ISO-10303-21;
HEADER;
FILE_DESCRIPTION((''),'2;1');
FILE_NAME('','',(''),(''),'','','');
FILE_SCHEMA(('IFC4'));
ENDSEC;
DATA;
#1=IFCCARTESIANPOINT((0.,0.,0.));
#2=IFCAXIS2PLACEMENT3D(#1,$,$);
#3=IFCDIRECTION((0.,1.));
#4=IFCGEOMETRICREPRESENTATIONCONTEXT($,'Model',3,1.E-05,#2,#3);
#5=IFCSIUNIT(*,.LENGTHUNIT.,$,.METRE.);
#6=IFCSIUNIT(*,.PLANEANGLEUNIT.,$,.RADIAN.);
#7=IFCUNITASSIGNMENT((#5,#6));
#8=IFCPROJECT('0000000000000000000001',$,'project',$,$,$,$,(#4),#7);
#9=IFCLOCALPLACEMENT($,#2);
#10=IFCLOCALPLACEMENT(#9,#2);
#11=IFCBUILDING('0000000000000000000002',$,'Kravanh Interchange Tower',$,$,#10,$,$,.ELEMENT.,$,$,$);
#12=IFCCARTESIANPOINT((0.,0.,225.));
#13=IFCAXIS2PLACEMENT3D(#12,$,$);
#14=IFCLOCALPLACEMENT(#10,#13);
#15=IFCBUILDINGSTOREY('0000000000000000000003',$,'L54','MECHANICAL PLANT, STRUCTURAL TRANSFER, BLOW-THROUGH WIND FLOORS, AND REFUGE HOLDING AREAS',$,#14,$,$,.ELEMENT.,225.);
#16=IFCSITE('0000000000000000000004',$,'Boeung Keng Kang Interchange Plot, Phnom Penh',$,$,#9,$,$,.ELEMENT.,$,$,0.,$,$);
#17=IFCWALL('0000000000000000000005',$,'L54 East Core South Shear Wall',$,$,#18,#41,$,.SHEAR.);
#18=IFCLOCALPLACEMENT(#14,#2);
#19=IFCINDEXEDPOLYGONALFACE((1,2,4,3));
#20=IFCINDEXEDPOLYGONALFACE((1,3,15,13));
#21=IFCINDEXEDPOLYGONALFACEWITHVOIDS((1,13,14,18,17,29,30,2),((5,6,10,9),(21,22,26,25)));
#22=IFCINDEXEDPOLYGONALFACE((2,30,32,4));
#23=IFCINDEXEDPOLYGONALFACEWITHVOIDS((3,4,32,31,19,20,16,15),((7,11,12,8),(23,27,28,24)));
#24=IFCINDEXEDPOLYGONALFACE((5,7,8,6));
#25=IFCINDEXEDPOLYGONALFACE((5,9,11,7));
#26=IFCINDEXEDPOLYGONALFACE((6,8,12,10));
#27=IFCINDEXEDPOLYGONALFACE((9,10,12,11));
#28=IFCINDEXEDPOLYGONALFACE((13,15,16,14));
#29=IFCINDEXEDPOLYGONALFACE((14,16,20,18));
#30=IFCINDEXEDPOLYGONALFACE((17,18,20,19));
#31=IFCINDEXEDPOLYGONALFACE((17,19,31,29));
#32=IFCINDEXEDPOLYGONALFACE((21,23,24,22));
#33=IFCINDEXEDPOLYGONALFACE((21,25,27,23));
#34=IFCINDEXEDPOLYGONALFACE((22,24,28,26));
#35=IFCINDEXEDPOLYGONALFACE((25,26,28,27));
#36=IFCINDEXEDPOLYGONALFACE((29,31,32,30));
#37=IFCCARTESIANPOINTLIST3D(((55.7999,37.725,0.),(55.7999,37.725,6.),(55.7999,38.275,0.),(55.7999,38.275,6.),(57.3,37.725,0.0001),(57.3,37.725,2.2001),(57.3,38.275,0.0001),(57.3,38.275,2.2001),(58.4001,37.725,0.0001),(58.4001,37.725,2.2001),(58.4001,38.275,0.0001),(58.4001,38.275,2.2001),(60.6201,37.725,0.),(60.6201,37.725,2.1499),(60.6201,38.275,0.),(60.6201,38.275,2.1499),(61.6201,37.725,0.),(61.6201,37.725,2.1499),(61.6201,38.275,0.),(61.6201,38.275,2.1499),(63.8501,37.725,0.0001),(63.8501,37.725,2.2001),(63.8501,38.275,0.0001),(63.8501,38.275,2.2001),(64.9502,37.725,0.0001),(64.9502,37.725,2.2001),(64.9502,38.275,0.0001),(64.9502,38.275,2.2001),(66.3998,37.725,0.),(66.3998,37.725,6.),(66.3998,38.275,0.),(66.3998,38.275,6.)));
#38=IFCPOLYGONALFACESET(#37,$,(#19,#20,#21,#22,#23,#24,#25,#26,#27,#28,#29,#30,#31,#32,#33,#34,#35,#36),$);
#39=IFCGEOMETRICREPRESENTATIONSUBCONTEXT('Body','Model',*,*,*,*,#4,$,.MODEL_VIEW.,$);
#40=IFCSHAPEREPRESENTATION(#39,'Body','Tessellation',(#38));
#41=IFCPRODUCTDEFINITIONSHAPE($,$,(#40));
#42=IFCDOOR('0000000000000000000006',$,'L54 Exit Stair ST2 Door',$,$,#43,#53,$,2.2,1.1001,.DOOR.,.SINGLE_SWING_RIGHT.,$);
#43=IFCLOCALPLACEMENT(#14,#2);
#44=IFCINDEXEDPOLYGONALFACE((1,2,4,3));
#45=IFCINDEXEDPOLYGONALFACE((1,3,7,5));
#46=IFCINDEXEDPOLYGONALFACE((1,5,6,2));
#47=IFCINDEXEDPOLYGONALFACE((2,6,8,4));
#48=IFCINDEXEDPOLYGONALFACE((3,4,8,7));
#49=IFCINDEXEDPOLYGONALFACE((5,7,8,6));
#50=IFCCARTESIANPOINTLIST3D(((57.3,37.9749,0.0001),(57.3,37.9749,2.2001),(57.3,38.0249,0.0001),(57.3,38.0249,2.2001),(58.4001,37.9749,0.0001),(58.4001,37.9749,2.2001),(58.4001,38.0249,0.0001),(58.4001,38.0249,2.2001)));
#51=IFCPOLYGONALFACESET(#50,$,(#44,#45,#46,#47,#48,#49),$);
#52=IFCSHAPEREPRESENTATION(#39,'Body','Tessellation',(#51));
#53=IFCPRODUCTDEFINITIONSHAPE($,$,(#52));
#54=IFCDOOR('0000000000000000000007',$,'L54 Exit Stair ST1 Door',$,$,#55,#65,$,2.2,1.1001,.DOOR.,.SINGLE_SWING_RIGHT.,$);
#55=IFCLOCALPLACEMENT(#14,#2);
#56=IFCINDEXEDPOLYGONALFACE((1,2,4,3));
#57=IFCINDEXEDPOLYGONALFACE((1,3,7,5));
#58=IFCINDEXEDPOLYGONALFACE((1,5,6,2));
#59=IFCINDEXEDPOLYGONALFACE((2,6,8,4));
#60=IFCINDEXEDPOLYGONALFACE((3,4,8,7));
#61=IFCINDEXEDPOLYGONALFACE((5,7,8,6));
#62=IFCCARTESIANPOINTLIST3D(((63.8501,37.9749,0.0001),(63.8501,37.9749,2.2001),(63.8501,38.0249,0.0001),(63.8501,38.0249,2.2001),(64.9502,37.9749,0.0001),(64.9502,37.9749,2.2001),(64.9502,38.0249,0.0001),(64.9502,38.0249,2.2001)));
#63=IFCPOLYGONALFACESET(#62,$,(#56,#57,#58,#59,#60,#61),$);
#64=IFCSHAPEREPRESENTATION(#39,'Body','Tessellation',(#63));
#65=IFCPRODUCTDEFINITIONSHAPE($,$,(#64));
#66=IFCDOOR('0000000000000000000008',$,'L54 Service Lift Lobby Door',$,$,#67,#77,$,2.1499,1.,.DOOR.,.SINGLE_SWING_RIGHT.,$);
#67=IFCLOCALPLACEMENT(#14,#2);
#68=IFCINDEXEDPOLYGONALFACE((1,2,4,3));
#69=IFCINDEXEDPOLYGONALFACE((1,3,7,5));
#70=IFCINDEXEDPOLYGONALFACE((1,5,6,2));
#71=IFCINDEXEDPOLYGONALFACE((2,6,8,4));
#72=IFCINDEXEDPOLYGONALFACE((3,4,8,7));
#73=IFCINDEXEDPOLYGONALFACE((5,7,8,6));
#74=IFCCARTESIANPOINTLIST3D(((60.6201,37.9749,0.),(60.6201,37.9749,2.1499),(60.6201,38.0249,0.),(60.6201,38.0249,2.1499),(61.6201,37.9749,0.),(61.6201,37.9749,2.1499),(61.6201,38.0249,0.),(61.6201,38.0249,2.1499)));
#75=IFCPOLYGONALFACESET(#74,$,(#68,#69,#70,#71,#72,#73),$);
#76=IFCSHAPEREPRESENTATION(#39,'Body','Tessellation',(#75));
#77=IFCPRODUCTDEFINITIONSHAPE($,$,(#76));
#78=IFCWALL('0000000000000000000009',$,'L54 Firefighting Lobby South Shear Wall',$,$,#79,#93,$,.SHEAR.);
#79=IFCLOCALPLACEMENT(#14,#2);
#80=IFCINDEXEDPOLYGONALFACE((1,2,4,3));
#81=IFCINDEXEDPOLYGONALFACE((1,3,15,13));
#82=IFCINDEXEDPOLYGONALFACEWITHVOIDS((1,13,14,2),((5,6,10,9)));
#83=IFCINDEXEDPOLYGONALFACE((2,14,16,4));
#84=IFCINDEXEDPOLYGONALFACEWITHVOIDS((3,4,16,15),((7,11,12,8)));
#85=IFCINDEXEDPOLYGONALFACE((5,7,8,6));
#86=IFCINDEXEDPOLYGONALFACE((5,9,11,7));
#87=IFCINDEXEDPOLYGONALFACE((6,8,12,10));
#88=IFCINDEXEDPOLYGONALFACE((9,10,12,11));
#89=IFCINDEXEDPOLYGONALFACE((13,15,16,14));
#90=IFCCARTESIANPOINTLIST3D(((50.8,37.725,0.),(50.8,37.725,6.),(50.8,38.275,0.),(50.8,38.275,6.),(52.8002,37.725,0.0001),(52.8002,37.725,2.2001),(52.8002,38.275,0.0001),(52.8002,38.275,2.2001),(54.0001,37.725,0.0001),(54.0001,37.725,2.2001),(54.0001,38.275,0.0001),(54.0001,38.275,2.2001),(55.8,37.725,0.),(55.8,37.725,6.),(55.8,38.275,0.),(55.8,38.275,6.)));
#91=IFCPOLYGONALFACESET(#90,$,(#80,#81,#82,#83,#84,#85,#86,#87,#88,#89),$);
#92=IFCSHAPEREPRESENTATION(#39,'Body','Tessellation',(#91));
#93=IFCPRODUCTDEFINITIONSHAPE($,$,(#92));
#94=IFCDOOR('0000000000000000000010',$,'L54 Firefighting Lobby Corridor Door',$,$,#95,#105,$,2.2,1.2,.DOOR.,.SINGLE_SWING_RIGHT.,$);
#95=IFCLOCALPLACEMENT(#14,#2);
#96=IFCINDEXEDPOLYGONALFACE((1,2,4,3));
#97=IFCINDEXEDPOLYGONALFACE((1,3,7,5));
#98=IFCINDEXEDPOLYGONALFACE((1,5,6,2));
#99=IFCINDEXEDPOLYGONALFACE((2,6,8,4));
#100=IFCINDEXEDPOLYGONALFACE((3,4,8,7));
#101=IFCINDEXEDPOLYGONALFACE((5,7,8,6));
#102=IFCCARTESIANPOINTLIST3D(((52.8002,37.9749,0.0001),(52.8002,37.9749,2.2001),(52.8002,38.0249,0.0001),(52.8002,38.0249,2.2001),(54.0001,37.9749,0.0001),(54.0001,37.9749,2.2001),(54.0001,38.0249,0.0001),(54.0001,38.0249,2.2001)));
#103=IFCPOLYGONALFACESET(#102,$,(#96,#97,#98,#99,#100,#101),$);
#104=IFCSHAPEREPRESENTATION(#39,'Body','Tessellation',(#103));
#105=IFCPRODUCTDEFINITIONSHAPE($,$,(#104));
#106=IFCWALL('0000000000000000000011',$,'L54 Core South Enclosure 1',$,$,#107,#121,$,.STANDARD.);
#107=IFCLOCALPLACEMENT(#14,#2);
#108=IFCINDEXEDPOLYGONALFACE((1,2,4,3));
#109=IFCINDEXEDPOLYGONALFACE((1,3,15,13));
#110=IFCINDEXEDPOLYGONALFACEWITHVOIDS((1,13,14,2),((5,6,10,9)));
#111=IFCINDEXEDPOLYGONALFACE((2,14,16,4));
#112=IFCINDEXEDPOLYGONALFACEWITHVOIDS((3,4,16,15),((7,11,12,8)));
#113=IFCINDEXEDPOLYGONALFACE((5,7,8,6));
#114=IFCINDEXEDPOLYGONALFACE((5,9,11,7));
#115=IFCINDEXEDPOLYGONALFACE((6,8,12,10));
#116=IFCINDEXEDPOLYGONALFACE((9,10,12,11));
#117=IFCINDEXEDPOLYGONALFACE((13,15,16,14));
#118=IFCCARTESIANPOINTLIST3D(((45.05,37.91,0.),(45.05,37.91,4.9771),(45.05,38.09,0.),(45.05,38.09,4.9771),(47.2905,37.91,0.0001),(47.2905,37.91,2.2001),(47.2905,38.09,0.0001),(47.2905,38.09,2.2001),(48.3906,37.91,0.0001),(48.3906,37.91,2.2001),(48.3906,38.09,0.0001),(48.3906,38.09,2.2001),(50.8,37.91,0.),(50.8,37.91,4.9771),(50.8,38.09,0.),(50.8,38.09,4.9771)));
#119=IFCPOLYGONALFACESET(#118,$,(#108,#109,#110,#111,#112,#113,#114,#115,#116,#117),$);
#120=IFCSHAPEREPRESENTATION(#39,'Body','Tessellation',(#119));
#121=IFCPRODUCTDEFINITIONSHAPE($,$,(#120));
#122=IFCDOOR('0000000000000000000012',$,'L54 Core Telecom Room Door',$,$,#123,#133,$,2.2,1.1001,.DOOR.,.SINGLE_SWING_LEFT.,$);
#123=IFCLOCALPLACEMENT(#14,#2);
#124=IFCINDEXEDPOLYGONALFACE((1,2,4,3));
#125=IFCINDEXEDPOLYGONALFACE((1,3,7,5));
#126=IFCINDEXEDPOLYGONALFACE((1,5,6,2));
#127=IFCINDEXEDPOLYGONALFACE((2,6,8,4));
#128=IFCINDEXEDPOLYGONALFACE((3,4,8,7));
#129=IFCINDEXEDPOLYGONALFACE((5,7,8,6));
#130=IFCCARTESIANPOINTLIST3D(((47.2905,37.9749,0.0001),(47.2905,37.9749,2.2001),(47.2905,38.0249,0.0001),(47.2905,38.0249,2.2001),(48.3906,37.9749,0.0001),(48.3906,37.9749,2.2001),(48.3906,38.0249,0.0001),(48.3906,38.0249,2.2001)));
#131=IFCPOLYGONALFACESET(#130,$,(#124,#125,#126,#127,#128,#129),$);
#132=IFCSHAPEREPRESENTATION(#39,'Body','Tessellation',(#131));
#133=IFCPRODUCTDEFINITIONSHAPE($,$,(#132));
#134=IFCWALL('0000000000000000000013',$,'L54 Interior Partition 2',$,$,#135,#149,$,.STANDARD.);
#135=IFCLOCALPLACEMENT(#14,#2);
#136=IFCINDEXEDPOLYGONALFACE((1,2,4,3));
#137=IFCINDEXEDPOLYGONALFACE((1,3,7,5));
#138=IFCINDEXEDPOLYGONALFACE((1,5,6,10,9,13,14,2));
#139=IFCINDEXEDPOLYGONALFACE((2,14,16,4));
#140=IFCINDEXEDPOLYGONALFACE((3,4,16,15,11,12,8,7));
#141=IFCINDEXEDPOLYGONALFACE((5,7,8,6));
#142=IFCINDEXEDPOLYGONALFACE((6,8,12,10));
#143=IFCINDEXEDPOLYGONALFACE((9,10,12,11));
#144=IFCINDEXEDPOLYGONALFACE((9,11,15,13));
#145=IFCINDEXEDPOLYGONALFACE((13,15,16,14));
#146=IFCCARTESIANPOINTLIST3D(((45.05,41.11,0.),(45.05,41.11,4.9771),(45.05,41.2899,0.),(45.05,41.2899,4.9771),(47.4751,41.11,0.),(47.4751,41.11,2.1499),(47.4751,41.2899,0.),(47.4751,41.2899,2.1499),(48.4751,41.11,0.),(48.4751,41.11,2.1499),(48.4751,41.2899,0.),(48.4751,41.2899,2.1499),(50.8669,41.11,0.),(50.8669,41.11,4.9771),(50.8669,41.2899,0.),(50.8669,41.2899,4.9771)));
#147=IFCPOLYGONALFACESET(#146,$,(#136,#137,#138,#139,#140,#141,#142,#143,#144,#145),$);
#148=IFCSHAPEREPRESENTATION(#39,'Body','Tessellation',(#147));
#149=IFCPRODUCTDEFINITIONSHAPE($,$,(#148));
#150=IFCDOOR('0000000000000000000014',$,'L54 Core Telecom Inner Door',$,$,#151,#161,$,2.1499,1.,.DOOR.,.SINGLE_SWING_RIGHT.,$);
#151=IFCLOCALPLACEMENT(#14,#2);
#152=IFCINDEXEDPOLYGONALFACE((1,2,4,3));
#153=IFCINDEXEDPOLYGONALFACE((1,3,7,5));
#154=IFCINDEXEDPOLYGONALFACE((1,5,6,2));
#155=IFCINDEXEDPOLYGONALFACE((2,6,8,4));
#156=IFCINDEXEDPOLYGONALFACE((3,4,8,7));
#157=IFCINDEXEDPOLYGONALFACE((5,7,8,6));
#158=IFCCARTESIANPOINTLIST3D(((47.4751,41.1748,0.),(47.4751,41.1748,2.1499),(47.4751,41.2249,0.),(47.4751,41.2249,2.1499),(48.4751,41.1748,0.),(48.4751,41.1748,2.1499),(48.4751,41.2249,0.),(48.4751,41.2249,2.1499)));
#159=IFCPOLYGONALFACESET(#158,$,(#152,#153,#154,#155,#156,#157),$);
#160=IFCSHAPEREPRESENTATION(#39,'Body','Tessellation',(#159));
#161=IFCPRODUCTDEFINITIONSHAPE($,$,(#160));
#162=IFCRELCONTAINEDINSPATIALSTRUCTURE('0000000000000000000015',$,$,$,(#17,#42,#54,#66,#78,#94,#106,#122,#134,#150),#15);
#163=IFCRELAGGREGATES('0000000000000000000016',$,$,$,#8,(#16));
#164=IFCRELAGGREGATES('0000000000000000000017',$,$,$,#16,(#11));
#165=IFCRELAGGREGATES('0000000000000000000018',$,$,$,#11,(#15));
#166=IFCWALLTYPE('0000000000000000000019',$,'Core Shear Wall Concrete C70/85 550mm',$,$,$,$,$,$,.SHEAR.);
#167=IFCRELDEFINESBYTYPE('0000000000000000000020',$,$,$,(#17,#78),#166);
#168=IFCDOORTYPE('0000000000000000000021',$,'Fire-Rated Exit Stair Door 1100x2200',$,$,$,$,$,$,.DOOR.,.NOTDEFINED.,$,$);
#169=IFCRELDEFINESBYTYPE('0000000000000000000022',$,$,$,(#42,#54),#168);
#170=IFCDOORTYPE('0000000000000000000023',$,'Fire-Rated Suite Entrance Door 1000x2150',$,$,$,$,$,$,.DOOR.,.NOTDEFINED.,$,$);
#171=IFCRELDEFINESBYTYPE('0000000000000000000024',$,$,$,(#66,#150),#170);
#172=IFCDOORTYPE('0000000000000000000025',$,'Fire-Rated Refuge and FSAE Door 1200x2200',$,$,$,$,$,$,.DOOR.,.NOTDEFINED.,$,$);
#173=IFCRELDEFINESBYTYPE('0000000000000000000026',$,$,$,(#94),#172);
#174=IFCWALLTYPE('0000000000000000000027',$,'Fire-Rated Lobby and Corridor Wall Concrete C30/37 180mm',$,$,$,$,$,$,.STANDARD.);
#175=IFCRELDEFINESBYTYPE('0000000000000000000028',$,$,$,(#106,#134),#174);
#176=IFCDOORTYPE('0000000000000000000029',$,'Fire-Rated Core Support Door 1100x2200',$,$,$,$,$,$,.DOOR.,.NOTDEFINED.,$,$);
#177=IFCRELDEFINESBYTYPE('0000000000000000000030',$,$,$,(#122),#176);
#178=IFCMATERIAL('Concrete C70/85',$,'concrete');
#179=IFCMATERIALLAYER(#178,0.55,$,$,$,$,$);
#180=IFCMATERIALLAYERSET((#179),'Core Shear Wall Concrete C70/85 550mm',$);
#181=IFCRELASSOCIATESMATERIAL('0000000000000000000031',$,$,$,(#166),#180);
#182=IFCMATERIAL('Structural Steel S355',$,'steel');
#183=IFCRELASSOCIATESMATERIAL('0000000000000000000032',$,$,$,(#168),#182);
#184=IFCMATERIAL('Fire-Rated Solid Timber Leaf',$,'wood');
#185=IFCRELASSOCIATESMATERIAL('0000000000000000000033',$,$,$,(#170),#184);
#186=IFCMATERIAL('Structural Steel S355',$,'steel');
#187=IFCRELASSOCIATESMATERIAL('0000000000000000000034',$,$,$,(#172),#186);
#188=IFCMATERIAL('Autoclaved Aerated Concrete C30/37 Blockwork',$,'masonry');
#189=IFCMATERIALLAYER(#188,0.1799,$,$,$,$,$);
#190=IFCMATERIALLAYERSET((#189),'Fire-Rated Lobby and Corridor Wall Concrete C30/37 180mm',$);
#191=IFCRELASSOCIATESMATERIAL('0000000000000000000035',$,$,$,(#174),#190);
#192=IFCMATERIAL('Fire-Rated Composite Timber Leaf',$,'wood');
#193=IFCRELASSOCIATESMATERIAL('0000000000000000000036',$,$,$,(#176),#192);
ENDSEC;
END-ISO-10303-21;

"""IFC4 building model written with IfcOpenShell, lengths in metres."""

from ifc_helpers import new_model, si_unit, direction, frame, frame_2d, origin, place, context, subcontext, project, spatial, rectangle, extrude, material, layer, layer_set, type_object, element, fill, save


model = new_model("IFC4")

# Units and contexts
model_context = context("Model", 3, precision=1e-05, world=origin(), true_north=direction((0.0, 1.0)))
body_context = subcontext(model_context, "Body", "Model", "MODEL_VIEW")
ifc_project = project(units=[si_unit("LENGTHUNIT", "METRE"), si_unit("PLANEANGLEUNIT", "RADIAN")], contexts=[model_context])

# Site, building, storey
site_placement = place(None, origin())
site = spatial("IfcSite", under=ifc_project, at=site_placement, Name="Boeung Keng Kang Interchange Plot, Phnom Penh", CompositionType="ELEMENT", RefElevation=0.0)
building_placement = place(site_placement, origin())
building = spatial("IfcBuilding", under=site, at=building_placement, Name="Kravanh Interchange Tower", CompositionType="ELEMENT")
storey_placement = place(building_placement, frame((0.0, 0.0, 225.0)))
storey = spatial("IfcBuildingStorey", under=building, at=storey_placement, Name="L54", Description="MECHANICAL PLANT, STRUCTURAL TRANSFER, BLOW-THROUGH WIND FLOORS, AND REFUGE HOLDING AREAS", CompositionType="ELEMENT", Elevation=225.0)

# Wall, openings, doors
ifc_material_1 = material(Name="Concrete C70/85", Category="concrete")
ifc_layer_1 = layer(ifc_material_1, 0.55)
ifc_layer_set_1 = layer_set([ifc_layer_1], Name="Core Shear Wall Concrete C70/85 550mm")
wall_type_1 = type_object("IfcWallType", Name="Core Shear Wall Concrete C70/85 550mm", PredefinedType="SHEAR", material=ifc_layer_set_1)
wall_1_placement = place(storey_placement, frame((55.8, 38.0, 0.0), z_axis=(0.0, 0.0, 1.0), x_axis=(1.0, 0.0, 0.0)))
wall_1 = element("IfcWall", 1, at=wall_1_placement, inside=storey, type_object=wall_type_1, Name="L54 East Core South Shear Wall", PredefinedType="SHEAR", context=body_context, shape_type="SweptSolid", body=[
    extrude(rectangle(XDim=10.5999, YDim=0.55, at=frame_2d((5.2998, 0.0))), origin(), (0.0, 0.0, 1.0), 6.0),
])
opening_1_placement = place(wall_1_placement, frame((1.5, 0.0, 0.0)))
opening_1 = element("IfcOpeningElement", 2, at=opening_1_placement, cuts=wall_1, PredefinedType="OPENING", context=body_context, shape_type="SweptSolid", body=[
    extrude(rectangle(XDim=1.1001, YDim=2.2, at=frame_2d((0.55, 1.1001))), frame((0.0, 0.2852, 0.0), z_axis=(0.0, -1.0, 0.0), x_axis=(1.0, 0.0, 0.0)), (0.0, 0.0, 1.0), 0.5701),
])
opening_2_placement = place(wall_1_placement, frame((4.8201, 0.0, 0.0)))
opening_2 = element("IfcOpeningElement", 3, at=opening_2_placement, cuts=wall_1, PredefinedType="OPENING", context=body_context, shape_type="SweptSolid", body=[
    extrude(rectangle(XDim=1.0, YDim=2.1499, at=frame_2d((0.5, 1.075))), frame((0.0, 0.2852, 0.0), z_axis=(0.0, -1.0, 0.0), x_axis=(1.0, 0.0, 0.0)), (0.0, 0.0, 1.0), 0.5701),
])
opening_3_placement = place(wall_1_placement, frame((8.05, 0.0, 0.0)))
opening_3 = element("IfcOpeningElement", 4, at=opening_3_placement, cuts=wall_1, PredefinedType="OPENING", context=body_context, shape_type="SweptSolid", body=[
    extrude(rectangle(XDim=1.1001, YDim=2.2, at=frame_2d((0.55, 1.1001))), frame((0.0, 0.2852, 0.0), z_axis=(0.0, -1.0, 0.0), x_axis=(1.0, 0.0, 0.0)), (0.0, 0.0, 1.0), 0.5701),
])
ifc_material_2 = material(Name="Structural Steel S355", Category="steel")
door_type_1 = type_object("IfcDoorType", Name="Fire-Rated Exit Stair Door 1100x2200", OperationType="NOTDEFINED", PredefinedType="DOOR", material=ifc_material_2)
door_1_placement = place(opening_1_placement, origin())
door_1 = element("IfcDoor", 5, at=door_1_placement, inside=storey, type_object=door_type_1, Name="L54 Exit Stair ST2 Door", OperationType="SINGLE_SWING_RIGHT", OverallHeight=2.2, OverallWidth=1.1001, PredefinedType="DOOR", context=body_context, shape_type="SweptSolid", body=[
    extrude(rectangle(XDim=1.1001, YDim=2.2, at=frame_2d((0.55, 1.1001))), frame((0.0, 0.0249, 0.0), z_axis=(0.0, -1.0, 0.0), x_axis=(1.0, 0.0, 0.0)), (0.0, 0.0, 1.0), 0.05),
])
fill(opening_1, door_1)
door_2_placement = place(opening_3_placement, origin())
door_2 = element("IfcDoor", 6, at=door_2_placement, inside=storey, type_object=door_type_1, Name="L54 Exit Stair ST1 Door", OperationType="SINGLE_SWING_RIGHT", OverallHeight=2.2, OverallWidth=1.1001, PredefinedType="DOOR", context=body_context, shape_type="SweptSolid", body=[
    extrude(rectangle(XDim=1.1001, YDim=2.2, at=frame_2d((0.55, 1.1001))), frame((0.0, 0.0249, 0.0), z_axis=(0.0, -1.0, 0.0), x_axis=(1.0, 0.0, 0.0)), (0.0, 0.0, 1.0), 0.05),
])
fill(opening_3, door_2)
ifc_material_3 = material(Name="Fire-Rated Solid Timber Leaf", Category="wood")
door_type_2 = type_object("IfcDoorType", Name="Fire-Rated Suite Entrance Door 1000x2150", OperationType="NOTDEFINED", PredefinedType="DOOR", material=ifc_material_3)
door_3_placement = place(opening_2_placement, origin())
door_3 = element("IfcDoor", 7, at=door_3_placement, inside=storey, type_object=door_type_2, Name="L54 Service Lift Lobby Door", OperationType="SINGLE_SWING_RIGHT", OverallHeight=2.1499, OverallWidth=1.0, PredefinedType="DOOR", context=body_context, shape_type="SweptSolid", body=[
    extrude(rectangle(XDim=1.0, YDim=2.1499, at=frame_2d((0.5, 1.075))), frame((0.0, 0.0249, 0.0), z_axis=(0.0, -1.0, 0.0), x_axis=(1.0, 0.0, 0.0)), (0.0, 0.0, 1.0), 0.05),
])
fill(opening_2, door_3)

# Walls, openings, doors
wall_2_placement = place(storey_placement, frame((50.8, 38.0, 0.0), z_axis=(0.0, 0.0, 1.0), x_axis=(1.0, 0.0, 0.0)))
wall_2 = element("IfcWall", 8, at=wall_2_placement, inside=storey, type_object=wall_type_1, Name="L54 Firefighting Lobby South Shear Wall", PredefinedType="SHEAR", context=body_context, shape_type="SweptSolid", body=[
    extrude(rectangle(XDim=5.0, YDim=0.55, at=frame_2d((2.5, 0.0))), origin(), (0.0, 0.0, 1.0), 6.0),
])
opening_4_placement = place(wall_2_placement, frame((2.0, 0.0, 0.0)))
opening_4 = element("IfcOpeningElement", 9, at=opening_4_placement, cuts=wall_2, PredefinedType="OPENING", context=body_context, shape_type="SweptSolid", body=[
    extrude(rectangle(XDim=1.2, YDim=2.2, at=frame_2d((0.6001, 1.1001))), frame((0.0, 0.2852, 0.0), z_axis=(0.0, -1.0, 0.0), x_axis=(1.0, 0.0, 0.0)), (0.0, 0.0, 1.0), 0.5701),
])
ifc_material_4 = material(Name="Structural Steel S355", Category="steel")
door_type_3 = type_object("IfcDoorType", Name="Fire-Rated Refuge and FSAE Door 1200x2200", OperationType="NOTDEFINED", PredefinedType="DOOR", material=ifc_material_4)
door_4_placement = place(opening_4_placement, origin())
door_4 = element("IfcDoor", 10, at=door_4_placement, inside=storey, type_object=door_type_3, Name="L54 Firefighting Lobby Corridor Door", OperationType="SINGLE_SWING_RIGHT", OverallHeight=2.2, OverallWidth=1.2, PredefinedType="DOOR", context=body_context, shape_type="SweptSolid", body=[
    extrude(rectangle(XDim=1.2, YDim=2.2, at=frame_2d((0.6001, 1.1001))), frame((0.0, 0.0249, 0.0), z_axis=(0.0, -1.0, 0.0), x_axis=(1.0, 0.0, 0.0)), (0.0, 0.0, 1.0), 0.05),
])
fill(opening_4, door_4)
ifc_material_5 = material(Name="Autoclaved Aerated Concrete C30/37 Blockwork", Category="masonry")
ifc_layer_2 = layer(ifc_material_5, 0.1799)
ifc_layer_set_2 = layer_set([ifc_layer_2], Name="Fire-Rated Lobby and Corridor Wall Concrete C30/37 180mm")
wall_type_2 = type_object("IfcWallType", Name="Fire-Rated Lobby and Corridor Wall Concrete C30/37 180mm", PredefinedType="STANDARD", material=ifc_layer_set_2)
wall_3_placement = place(storey_placement, frame((45.05, 38.0, 0.0), z_axis=(0.0, 0.0, 1.0), x_axis=(1.0, 0.0, 0.0)))
wall_3 = element("IfcWall", 11, at=wall_3_placement, inside=storey, type_object=wall_type_2, Name="L54 Core South Enclosure 1", PredefinedType="STANDARD", context=body_context, shape_type="SweptSolid", body=[
    extrude(rectangle(XDim=5.75, YDim=0.1799, at=frame_2d((2.875, 0.0))), origin(), (0.0, 0.0, 1.0), 4.9771),
])
opening_5_placement = place(wall_3_placement, frame((2.2405, 0.0, 0.0)))
opening_5 = element("IfcOpeningElement", 12, at=opening_5_placement, cuts=wall_3, PredefinedType="OPENING", context=body_context, shape_type="SweptSolid", body=[
    extrude(rectangle(XDim=1.1001, YDim=2.2, at=frame_2d((0.55, 1.1001))), frame((0.0, 0.1001, 0.0), z_axis=(0.0, -1.0, 0.0), x_axis=(1.0, 0.0, 0.0)), (0.0, 0.0, 1.0), 0.2),
])
ifc_material_6 = material(Name="Fire-Rated Composite Timber Leaf", Category="wood")
door_type_4 = type_object("IfcDoorType", Name="Fire-Rated Core Support Door 1100x2200", OperationType="NOTDEFINED", PredefinedType="DOOR", material=ifc_material_6)
door_5_placement = place(opening_5_placement, origin())
door_5 = element("IfcDoor", 13, at=door_5_placement, inside=storey, type_object=door_type_4, Name="L54 Core Telecom Room Door", OperationType="SINGLE_SWING_LEFT", OverallHeight=2.2, OverallWidth=1.1001, PredefinedType="DOOR", context=body_context, shape_type="SweptSolid", body=[
    extrude(rectangle(XDim=1.1001, YDim=2.2, at=frame_2d((0.55, 1.1001))), frame((0.0, 0.0249, 0.0), z_axis=(0.0, -1.0, 0.0), x_axis=(1.0, 0.0, 0.0)), (0.0, 0.0, 1.0), 0.05),
])
fill(opening_5, door_5)
wall_4_placement = place(storey_placement, frame((45.05, 41.2, 0.0), z_axis=(0.0, 0.0, 1.0), x_axis=(1.0, 0.0, 0.0)))
wall_4 = element("IfcWall", 14, at=wall_4_placement, inside=storey, type_object=wall_type_2, Name="L54 Interior Partition 2", PredefinedType="STANDARD", context=body_context, shape_type="SweptSolid", body=[
    extrude(rectangle(XDim=5.8169, YDim=0.1799, at=frame_2d((2.9084, 0.0))), origin(), (0.0, 0.0, 1.0), 4.9771),
])
opening_6_placement = place(wall_4_placement, frame((2.425, 0.0, 0.0)))
opening_6 = element("IfcOpeningElement", 15, at=opening_6_placement, cuts=wall_4, PredefinedType="OPENING", context=body_context, shape_type="SweptSolid", body=[
    extrude(rectangle(XDim=1.0, YDim=2.1499, at=frame_2d((0.5, 1.075))), frame((0.0, 0.1001, 0.0), z_axis=(0.0, -1.0, 0.0), x_axis=(1.0, 0.0, 0.0)), (0.0, 0.0, 1.0), 0.2),
])
door_6_placement = place(opening_6_placement, origin())
door_6 = element("IfcDoor", 16, at=door_6_placement, inside=storey, type_object=door_type_2, Name="L54 Core Telecom Inner Door", OperationType="SINGLE_SWING_RIGHT", OverallHeight=2.1499, OverallWidth=1.0, PredefinedType="DOOR", context=body_context, shape_type="SweptSolid", body=[
    extrude(rectangle(XDim=1.0, YDim=2.1499, at=frame_2d((0.5, 1.075))), frame((0.0, 0.0249, 0.0), z_axis=(0.0, -1.0, 0.0), x_axis=(1.0, 0.0, 0.0)), (0.0, 0.0, 1.0), 0.05),
])
fill(opening_6, door_6)

save(model, "model.ifc")
